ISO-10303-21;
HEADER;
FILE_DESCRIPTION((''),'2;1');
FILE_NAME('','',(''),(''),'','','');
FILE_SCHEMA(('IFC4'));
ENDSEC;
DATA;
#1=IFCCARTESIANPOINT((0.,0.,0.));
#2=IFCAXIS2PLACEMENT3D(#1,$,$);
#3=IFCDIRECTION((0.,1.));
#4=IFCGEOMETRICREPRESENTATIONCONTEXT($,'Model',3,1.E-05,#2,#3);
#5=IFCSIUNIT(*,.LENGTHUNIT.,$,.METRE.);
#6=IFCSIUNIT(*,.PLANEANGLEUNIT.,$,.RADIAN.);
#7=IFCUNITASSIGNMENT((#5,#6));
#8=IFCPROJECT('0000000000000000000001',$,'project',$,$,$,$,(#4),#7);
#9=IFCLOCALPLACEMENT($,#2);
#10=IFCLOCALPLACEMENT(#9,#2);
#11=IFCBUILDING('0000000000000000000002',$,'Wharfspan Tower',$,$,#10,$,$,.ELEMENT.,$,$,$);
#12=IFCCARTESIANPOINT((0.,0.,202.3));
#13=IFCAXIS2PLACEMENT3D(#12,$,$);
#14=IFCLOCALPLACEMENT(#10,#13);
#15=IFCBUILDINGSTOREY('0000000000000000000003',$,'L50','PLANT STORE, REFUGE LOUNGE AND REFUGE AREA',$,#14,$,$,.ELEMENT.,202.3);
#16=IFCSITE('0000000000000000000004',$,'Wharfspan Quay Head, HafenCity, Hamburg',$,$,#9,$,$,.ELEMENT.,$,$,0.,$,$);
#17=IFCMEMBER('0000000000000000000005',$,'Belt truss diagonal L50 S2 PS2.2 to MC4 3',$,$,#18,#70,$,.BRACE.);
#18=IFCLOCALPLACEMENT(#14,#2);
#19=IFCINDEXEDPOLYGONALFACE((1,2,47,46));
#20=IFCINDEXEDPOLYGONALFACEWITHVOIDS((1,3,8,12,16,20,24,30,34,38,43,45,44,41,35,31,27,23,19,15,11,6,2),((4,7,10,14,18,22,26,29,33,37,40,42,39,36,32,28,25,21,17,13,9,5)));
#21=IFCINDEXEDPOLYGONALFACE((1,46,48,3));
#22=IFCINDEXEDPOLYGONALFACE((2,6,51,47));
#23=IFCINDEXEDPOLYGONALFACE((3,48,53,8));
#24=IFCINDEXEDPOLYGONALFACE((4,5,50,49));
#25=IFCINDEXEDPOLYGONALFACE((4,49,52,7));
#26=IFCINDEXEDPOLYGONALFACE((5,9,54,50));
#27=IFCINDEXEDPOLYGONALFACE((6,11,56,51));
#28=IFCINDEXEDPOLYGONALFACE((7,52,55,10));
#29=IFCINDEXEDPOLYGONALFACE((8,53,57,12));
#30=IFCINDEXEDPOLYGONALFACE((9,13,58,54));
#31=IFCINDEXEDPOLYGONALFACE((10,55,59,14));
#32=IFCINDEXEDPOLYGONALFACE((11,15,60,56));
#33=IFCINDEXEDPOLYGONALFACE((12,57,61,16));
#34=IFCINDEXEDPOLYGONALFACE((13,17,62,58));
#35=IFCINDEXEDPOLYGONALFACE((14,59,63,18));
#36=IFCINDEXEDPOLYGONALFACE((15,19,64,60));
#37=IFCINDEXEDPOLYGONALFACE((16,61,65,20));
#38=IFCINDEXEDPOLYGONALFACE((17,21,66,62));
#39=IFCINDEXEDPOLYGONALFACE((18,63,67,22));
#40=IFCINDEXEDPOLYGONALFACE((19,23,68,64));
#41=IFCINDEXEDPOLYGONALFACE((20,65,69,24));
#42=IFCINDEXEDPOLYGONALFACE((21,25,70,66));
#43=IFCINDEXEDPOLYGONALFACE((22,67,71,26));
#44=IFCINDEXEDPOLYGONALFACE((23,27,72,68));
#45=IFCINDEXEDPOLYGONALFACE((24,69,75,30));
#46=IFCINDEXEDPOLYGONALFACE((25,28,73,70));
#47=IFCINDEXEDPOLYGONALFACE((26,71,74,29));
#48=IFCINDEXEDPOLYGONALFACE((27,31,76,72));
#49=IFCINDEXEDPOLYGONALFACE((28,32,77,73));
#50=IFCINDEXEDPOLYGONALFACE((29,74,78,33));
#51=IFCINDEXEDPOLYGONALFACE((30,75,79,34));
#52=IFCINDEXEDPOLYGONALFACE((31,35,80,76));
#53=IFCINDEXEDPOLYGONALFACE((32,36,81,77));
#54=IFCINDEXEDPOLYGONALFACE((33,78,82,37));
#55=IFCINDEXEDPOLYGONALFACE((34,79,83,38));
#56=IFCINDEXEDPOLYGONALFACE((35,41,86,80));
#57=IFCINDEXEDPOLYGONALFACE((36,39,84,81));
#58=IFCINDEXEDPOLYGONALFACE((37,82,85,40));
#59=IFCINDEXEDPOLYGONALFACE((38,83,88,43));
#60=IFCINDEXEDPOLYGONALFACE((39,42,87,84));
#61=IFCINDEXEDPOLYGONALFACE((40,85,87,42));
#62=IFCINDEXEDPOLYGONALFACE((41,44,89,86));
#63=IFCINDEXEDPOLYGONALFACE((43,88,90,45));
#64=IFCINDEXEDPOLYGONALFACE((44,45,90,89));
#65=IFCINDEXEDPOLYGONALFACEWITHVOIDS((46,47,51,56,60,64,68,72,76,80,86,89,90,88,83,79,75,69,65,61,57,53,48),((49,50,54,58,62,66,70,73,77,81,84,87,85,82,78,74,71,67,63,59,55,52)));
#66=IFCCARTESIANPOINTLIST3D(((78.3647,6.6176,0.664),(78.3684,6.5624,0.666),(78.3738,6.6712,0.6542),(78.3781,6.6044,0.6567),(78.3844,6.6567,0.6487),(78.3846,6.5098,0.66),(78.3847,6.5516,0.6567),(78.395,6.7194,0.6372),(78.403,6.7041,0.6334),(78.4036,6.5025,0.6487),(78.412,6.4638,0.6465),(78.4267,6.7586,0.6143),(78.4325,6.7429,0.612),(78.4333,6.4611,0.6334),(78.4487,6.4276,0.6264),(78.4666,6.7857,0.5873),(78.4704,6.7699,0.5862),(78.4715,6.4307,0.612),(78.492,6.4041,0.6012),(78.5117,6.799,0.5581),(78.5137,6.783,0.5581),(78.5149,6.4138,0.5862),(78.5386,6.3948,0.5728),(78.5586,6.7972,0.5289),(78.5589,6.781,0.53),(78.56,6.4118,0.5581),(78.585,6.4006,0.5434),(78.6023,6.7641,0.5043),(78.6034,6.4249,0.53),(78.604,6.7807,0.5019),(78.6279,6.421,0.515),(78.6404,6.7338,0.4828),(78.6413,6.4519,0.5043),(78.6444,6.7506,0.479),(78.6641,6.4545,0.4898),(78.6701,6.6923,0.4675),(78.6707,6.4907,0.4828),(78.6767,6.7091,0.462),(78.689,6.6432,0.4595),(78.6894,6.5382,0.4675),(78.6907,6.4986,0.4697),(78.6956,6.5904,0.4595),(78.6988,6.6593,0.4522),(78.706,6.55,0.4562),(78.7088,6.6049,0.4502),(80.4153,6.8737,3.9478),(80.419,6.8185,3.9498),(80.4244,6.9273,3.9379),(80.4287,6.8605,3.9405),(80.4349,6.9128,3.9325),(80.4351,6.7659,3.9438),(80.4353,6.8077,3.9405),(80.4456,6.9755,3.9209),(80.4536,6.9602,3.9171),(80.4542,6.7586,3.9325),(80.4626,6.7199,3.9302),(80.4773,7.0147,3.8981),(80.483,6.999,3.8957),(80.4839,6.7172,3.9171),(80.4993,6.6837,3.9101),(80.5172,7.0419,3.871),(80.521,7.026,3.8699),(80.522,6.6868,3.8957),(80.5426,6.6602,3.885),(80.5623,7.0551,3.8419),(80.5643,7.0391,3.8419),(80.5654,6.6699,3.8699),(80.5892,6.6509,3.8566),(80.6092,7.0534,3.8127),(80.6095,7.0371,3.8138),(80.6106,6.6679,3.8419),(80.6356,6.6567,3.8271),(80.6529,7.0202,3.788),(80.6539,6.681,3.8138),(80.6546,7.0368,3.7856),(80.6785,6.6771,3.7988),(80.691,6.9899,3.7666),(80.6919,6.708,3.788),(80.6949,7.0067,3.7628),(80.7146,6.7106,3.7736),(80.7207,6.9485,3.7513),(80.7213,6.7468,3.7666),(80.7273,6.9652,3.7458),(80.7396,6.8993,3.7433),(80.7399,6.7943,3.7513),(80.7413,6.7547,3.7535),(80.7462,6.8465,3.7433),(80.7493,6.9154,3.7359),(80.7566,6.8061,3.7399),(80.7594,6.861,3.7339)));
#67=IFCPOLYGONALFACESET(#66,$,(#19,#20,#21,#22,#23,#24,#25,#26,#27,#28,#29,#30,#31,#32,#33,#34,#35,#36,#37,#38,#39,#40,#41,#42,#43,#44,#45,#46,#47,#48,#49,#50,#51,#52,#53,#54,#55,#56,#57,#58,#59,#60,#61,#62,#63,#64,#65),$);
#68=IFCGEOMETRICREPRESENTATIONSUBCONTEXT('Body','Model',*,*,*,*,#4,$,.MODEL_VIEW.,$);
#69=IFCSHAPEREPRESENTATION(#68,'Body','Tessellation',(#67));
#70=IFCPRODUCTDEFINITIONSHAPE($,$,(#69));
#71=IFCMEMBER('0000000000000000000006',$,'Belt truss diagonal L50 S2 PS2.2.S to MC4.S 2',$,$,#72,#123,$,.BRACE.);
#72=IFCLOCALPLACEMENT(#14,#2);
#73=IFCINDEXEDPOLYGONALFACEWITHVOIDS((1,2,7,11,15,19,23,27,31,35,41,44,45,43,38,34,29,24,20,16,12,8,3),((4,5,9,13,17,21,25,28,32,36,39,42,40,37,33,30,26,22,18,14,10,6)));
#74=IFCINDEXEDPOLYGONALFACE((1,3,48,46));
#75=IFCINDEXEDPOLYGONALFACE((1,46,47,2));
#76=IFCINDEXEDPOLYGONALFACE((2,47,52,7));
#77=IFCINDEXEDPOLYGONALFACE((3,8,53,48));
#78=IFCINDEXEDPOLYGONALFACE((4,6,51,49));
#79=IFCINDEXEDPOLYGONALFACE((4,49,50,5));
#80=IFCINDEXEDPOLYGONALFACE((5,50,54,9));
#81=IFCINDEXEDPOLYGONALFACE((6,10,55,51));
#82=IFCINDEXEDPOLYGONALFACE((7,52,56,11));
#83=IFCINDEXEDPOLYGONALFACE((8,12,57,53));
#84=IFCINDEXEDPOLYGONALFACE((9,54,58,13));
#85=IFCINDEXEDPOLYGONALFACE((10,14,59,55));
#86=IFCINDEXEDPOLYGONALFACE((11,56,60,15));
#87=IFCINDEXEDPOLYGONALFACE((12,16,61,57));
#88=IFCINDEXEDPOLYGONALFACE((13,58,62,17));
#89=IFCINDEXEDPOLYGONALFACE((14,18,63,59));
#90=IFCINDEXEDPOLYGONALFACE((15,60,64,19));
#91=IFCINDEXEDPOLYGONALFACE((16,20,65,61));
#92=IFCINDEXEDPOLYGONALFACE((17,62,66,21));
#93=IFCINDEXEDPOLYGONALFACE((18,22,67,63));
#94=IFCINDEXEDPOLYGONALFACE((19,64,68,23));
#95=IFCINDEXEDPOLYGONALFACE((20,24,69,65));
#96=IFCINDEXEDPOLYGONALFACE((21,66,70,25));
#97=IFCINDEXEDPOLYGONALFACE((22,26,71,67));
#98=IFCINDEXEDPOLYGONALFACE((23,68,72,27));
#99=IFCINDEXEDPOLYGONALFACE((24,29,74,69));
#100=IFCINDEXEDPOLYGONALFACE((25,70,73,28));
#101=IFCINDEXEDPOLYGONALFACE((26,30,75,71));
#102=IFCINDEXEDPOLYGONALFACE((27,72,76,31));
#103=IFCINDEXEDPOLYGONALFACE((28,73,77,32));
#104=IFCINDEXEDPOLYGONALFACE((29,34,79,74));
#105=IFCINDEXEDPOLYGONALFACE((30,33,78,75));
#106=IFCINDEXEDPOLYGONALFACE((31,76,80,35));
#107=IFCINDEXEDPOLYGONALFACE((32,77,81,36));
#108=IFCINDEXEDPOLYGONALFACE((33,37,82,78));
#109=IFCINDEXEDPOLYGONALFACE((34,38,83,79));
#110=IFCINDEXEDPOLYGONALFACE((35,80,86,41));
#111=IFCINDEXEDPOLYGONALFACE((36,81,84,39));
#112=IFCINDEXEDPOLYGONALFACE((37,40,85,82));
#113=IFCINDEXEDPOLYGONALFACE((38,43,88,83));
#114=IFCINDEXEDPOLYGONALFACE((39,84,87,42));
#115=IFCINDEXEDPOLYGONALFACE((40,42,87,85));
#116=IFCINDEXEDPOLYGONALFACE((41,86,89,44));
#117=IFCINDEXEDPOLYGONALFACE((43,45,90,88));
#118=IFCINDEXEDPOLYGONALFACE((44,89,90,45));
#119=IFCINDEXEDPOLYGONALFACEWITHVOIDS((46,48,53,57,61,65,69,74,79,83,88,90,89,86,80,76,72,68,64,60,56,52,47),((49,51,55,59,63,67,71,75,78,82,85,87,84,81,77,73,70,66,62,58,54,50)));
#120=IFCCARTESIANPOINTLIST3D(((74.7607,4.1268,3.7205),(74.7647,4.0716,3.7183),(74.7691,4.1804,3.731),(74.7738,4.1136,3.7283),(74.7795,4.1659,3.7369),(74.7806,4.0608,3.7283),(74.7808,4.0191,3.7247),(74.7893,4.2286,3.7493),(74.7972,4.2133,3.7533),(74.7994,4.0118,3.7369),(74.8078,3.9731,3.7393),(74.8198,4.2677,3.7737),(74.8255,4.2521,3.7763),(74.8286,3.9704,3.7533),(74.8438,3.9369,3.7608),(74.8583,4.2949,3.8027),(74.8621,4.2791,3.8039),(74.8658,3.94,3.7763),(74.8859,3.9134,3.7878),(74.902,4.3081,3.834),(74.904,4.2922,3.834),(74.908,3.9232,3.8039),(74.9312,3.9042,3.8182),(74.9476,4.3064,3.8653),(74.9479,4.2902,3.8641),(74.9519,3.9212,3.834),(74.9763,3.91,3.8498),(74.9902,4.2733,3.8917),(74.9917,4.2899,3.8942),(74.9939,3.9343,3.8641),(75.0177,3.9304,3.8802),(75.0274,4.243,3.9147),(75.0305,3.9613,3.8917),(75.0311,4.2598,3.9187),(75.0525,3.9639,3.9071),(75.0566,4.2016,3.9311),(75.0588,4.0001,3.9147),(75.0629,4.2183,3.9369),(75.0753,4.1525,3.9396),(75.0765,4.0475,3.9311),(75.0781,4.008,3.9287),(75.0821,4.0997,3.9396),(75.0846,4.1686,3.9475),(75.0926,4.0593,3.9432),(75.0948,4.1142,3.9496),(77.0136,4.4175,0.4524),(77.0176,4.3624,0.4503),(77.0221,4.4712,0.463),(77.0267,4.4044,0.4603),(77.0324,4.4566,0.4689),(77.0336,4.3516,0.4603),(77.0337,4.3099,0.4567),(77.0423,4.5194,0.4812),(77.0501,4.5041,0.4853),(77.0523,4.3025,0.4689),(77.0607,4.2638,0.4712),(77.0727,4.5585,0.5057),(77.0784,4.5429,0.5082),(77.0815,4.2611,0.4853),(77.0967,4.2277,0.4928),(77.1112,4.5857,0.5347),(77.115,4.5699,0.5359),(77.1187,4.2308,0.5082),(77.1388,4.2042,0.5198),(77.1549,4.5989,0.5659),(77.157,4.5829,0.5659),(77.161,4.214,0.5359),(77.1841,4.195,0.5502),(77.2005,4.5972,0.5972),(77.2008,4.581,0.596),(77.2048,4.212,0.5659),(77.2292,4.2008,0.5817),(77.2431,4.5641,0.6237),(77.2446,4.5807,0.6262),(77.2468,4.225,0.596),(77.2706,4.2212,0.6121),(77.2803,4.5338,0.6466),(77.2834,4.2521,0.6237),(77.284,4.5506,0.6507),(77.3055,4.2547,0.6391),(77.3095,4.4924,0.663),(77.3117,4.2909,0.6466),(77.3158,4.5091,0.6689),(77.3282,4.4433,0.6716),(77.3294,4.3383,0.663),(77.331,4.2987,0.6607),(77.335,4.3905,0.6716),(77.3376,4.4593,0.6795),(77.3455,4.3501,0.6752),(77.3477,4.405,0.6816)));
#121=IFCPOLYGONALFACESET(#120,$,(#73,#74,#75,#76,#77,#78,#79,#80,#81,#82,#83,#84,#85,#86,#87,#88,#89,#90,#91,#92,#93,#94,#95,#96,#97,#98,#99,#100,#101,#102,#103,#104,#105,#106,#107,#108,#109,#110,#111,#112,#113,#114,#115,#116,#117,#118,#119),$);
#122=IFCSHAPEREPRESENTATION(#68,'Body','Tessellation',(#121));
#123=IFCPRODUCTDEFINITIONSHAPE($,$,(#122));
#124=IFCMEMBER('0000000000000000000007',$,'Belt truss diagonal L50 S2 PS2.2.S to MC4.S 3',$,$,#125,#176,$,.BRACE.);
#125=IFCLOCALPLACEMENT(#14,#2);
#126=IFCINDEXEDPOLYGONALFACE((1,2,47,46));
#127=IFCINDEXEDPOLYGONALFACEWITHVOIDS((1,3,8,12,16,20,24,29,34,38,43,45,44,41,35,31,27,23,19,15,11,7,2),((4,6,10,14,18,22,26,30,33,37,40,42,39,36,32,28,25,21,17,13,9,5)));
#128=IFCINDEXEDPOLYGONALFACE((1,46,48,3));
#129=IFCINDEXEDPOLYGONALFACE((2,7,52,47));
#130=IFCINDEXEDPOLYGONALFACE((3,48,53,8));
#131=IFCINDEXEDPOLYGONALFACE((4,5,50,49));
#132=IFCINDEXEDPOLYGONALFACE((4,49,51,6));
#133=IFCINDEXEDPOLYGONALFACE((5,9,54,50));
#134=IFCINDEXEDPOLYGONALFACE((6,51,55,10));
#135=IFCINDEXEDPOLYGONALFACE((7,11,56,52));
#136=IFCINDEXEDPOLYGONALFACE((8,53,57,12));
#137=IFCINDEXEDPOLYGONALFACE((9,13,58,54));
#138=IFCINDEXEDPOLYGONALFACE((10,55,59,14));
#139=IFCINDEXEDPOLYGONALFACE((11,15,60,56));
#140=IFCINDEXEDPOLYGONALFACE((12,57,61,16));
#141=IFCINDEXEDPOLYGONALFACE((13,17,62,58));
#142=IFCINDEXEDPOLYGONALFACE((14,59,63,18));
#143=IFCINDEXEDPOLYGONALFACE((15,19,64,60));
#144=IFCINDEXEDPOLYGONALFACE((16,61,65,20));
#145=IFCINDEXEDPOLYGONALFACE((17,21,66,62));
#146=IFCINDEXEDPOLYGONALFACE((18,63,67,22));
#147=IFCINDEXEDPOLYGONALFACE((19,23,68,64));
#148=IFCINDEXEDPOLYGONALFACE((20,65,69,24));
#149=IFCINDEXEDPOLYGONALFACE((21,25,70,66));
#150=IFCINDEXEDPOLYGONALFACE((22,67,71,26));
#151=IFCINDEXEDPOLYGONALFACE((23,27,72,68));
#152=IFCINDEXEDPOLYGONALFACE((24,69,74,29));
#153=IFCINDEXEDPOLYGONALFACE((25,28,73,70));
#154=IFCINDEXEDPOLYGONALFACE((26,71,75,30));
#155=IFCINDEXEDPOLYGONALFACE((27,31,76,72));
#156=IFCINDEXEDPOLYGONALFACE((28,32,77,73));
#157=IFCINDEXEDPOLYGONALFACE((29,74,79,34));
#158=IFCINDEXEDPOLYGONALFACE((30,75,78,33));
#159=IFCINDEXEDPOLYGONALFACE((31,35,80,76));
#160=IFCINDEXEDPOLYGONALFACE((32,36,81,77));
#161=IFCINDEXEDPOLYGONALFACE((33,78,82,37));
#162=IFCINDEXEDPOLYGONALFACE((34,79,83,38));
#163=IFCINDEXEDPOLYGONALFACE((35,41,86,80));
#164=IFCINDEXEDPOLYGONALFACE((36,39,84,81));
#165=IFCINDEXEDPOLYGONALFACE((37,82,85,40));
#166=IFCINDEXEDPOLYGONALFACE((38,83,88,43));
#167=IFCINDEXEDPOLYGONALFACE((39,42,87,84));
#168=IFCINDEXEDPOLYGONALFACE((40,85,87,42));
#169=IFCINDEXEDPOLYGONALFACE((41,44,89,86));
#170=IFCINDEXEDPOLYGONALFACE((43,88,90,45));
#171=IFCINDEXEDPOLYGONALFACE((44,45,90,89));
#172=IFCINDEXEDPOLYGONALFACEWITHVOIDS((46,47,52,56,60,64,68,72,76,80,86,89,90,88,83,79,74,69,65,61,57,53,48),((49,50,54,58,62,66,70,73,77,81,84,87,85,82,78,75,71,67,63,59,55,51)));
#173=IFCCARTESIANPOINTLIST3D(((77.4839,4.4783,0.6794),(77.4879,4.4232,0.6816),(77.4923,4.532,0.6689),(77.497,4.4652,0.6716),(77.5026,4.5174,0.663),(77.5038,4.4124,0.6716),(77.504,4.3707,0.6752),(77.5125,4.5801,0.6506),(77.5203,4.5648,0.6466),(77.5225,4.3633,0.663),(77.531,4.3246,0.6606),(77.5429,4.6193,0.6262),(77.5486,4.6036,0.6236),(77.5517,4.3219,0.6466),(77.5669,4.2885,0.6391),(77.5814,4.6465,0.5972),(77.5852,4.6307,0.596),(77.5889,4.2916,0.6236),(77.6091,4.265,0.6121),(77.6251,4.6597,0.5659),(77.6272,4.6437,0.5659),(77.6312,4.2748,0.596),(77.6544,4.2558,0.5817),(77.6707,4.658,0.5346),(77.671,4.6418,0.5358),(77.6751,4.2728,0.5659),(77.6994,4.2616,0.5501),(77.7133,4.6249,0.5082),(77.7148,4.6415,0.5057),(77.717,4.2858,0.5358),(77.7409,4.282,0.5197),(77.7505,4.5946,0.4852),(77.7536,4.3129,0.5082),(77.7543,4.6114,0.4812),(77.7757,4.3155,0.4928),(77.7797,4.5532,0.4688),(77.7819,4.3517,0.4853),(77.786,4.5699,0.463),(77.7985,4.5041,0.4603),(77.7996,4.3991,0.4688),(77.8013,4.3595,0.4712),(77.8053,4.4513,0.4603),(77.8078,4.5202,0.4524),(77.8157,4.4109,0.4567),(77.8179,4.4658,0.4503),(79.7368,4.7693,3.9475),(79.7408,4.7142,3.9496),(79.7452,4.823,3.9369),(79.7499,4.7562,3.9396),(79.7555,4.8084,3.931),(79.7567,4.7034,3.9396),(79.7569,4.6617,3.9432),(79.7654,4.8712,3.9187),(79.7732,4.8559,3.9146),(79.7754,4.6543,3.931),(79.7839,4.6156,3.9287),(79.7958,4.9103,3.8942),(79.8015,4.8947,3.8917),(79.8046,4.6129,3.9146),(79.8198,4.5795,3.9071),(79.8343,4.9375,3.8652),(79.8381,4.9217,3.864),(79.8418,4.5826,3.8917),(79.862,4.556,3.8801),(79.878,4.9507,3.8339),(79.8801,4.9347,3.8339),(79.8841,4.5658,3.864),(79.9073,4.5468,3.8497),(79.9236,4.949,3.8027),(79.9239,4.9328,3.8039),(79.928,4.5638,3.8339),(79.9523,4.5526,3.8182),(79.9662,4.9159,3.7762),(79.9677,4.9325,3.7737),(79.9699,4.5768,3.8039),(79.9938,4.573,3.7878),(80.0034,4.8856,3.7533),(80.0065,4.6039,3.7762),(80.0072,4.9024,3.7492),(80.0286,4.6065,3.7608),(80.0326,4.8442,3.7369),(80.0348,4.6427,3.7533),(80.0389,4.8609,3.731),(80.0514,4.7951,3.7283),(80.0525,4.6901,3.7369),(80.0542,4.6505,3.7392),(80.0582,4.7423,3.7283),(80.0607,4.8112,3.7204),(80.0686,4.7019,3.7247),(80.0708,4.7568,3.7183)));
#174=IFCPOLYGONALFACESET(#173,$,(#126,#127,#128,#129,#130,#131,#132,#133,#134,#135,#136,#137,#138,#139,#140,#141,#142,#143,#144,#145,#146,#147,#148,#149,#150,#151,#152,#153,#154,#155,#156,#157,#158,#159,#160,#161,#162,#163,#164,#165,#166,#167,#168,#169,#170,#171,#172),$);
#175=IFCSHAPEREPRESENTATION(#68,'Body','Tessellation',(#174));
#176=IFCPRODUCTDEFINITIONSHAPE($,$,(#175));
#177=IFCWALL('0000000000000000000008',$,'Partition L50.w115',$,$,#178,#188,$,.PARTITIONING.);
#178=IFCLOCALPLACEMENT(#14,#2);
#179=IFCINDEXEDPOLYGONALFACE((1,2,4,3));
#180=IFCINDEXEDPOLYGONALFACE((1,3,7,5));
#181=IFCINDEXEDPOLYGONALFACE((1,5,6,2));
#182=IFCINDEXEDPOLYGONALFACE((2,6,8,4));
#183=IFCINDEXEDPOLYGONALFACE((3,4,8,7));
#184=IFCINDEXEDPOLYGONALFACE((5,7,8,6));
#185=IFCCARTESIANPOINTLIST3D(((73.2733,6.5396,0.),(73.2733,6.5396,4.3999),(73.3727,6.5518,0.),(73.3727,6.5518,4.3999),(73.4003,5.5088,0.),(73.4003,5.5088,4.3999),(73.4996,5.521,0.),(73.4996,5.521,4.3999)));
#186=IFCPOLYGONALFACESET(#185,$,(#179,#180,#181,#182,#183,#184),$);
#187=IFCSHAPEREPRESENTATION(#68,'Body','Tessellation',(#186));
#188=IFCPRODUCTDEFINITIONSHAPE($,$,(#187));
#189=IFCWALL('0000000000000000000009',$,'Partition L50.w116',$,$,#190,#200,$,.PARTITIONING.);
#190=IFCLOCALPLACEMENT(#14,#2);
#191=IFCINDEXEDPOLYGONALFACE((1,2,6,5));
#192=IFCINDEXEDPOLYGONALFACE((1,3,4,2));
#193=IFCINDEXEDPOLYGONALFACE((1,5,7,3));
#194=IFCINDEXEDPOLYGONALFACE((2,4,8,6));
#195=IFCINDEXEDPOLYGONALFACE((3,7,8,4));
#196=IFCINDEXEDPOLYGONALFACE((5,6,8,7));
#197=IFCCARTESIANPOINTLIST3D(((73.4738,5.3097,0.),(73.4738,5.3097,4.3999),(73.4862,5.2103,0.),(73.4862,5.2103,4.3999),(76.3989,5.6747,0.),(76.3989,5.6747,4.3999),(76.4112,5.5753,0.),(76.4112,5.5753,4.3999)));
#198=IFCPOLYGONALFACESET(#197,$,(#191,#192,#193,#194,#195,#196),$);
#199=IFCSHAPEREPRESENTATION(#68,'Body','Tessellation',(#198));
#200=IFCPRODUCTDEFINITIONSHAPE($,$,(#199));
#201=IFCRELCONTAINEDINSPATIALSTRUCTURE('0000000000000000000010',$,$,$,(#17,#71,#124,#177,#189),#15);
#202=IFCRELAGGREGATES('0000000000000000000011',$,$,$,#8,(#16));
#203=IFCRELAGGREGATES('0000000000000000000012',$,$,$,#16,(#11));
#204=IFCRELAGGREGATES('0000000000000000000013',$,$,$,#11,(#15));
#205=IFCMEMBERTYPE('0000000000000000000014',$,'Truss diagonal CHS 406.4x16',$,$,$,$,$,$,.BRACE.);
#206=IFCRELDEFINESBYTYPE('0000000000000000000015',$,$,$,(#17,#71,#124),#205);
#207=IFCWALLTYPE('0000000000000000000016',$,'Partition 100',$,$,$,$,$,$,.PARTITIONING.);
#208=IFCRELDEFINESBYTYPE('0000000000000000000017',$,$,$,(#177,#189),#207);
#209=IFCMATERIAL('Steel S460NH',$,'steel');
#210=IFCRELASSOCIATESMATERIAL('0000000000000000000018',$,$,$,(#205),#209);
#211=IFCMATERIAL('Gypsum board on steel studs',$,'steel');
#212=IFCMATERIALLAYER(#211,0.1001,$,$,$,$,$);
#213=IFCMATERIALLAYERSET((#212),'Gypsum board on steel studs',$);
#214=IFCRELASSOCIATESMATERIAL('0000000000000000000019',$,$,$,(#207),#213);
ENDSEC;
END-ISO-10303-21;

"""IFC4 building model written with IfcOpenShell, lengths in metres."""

from ifc_helpers import new_model, si_unit, direction, frame, frame_2d, origin, origin_2d, place, context, subcontext, project, spatial, rectangle, hollow_circle, extrude, material, layer, layer_set, material_profile, profile_set, type_object, element, save


model = new_model("IFC4")

# Units and contexts
model_context = context("Model", 3, precision=1e-05, world=origin(), true_north=direction((0.0, 1.0)))
body_context = subcontext(model_context, "Body", "Model", "MODEL_VIEW")
ifc_project = project(units=[si_unit("LENGTHUNIT", "METRE"), si_unit("PLANEANGLEUNIT", "RADIAN")], contexts=[model_context])

# Site, building, storey
site_placement = place(None, origin())
site = spatial("IfcSite", under=ifc_project, at=site_placement, Name="Wharfspan Quay Head, HafenCity, Hamburg", CompositionType="ELEMENT", RefElevation=0.0)
building_placement = place(site_placement, origin())
building = spatial("IfcBuilding", under=site, at=building_placement, Name="Wharfspan Tower", CompositionType="ELEMENT")
storey_placement = place(building_placement, frame((0.0, 0.0, 202.3)))
storey = spatial("IfcBuildingStorey", under=building, at=storey_placement, Name="L50", Description="PLANT STORE, REFUGE LOUNGE AND REFUGE AREA", CompositionType="ELEMENT", Elevation=202.3)

# Members
ifc_material_1 = material(Name="Steel S460NH", Category="steel")
ifc_material_profile_1 = material_profile(ifc_material_1, hollow_circle(Radius=0.2031, WallThickness=0.0161, at=origin_2d()))
ifc_profile_set_1 = profile_set([ifc_material_profile_1], Name="Steel S460NH")
member_type_1 = type_object("IfcMemberType", Name="Truss diagonal CHS 406.4x16", PredefinedType="BRACE", material=ifc_profile_set_1)
for number, where, z_axis, x_axis, name in (
    (1, (78.5369, 6.5974, 0.5581), (0.528515, 0.066009, 0.846354), (-0.123934, 0.992291, 0.000001), "Belt truss diagonal L50 S2 PS2.2 to MC4 3"),
):
    element("IfcMember", number, at=place(storey_placement, frame(where, z_axis=z_axis, x_axis=x_axis)), inside=storey, type_object=member_type_1, Name=name, PredefinedType="BRACE", context=body_context, shape_type="SweptSolid", body=[
        extrude(hollow_circle(Radius=0.2031, WallThickness=0.0161, at=origin_2d()), origin(), (0.0, 0.0, 1.0), 3.8799),
    ])
for number, where, z_axis, x_axis, name in (
    (2, (74.928, 4.1067, 3.834), (0.566061, 0.073058, -0.82112), (-0.127999, 0.991772, 0.000002), "Belt truss diagonal L50 S2 PS2.2.S to MC4.S 2"),
    (3, (77.6511, 4.4583, 0.5659), (0.566058, 0.073119, 0.821116), (-0.128105, 0.99176, -0.000002), "Belt truss diagonal L50 S2 PS2.2.S to MC4.S 3"),
):
    element("IfcMember", number, at=place(storey_placement, frame(where, z_axis=z_axis, x_axis=x_axis)), inside=storey, type_object=member_type_1, Name=name, PredefinedType="BRACE", context=body_context, shape_type="SweptSolid", body=[
        extrude(hollow_circle(Radius=0.2031, WallThickness=0.0161, at=origin_2d()), origin(), (0.0, 0.0, 1.0), 3.98),
    ])

# Walls
ifc_material_2 = material(Name="Gypsum board on steel studs", Category="steel")
ifc_layer = layer(ifc_material_2, 0.1001)
ifc_layer_set = layer_set([ifc_layer], Name="Gypsum board on steel studs")
wall_type = type_object("IfcWallType", Name="Partition 100", PredefinedType="PARTITIONING", material=ifc_layer_set)
wall_1_placement = place(storey_placement, frame((73.45, 5.5149, 0.0), z_axis=(0.0, 0.0, 1.0), x_axis=(-0.122241, 0.992503, 0.0)))
element("IfcWall", 4, at=wall_1_placement, inside=storey, type_object=wall_type, Name="Partition L50.w115", PredefinedType="PARTITIONING", context=body_context, shape_type="SweptSolid", body=[
    extrude(rectangle(XDim=1.0386, YDim=0.1001, at=frame_2d((0.5193, 0.0))), origin(), (0.0, 0.0, 1.0), 4.3999),
])
wall_2_placement = place(storey_placement, frame((73.48, 5.26, 0.0), z_axis=(0.0, 0.0, 1.0), x_axis=(0.992307, 0.123821, 0.0)))
element("IfcWall", 5, at=wall_2_placement, inside=storey, type_object=wall_type, Name="Partition L50.w116", PredefinedType="PARTITIONING", context=body_context, shape_type="SweptSolid", body=[
    extrude(rectangle(XDim=2.9478, YDim=0.1001, at=frame_2d((1.4739, 0.0))), origin(), (0.0, 0.0, 1.0), 4.3999),
])

save(model, "model.ifc")
